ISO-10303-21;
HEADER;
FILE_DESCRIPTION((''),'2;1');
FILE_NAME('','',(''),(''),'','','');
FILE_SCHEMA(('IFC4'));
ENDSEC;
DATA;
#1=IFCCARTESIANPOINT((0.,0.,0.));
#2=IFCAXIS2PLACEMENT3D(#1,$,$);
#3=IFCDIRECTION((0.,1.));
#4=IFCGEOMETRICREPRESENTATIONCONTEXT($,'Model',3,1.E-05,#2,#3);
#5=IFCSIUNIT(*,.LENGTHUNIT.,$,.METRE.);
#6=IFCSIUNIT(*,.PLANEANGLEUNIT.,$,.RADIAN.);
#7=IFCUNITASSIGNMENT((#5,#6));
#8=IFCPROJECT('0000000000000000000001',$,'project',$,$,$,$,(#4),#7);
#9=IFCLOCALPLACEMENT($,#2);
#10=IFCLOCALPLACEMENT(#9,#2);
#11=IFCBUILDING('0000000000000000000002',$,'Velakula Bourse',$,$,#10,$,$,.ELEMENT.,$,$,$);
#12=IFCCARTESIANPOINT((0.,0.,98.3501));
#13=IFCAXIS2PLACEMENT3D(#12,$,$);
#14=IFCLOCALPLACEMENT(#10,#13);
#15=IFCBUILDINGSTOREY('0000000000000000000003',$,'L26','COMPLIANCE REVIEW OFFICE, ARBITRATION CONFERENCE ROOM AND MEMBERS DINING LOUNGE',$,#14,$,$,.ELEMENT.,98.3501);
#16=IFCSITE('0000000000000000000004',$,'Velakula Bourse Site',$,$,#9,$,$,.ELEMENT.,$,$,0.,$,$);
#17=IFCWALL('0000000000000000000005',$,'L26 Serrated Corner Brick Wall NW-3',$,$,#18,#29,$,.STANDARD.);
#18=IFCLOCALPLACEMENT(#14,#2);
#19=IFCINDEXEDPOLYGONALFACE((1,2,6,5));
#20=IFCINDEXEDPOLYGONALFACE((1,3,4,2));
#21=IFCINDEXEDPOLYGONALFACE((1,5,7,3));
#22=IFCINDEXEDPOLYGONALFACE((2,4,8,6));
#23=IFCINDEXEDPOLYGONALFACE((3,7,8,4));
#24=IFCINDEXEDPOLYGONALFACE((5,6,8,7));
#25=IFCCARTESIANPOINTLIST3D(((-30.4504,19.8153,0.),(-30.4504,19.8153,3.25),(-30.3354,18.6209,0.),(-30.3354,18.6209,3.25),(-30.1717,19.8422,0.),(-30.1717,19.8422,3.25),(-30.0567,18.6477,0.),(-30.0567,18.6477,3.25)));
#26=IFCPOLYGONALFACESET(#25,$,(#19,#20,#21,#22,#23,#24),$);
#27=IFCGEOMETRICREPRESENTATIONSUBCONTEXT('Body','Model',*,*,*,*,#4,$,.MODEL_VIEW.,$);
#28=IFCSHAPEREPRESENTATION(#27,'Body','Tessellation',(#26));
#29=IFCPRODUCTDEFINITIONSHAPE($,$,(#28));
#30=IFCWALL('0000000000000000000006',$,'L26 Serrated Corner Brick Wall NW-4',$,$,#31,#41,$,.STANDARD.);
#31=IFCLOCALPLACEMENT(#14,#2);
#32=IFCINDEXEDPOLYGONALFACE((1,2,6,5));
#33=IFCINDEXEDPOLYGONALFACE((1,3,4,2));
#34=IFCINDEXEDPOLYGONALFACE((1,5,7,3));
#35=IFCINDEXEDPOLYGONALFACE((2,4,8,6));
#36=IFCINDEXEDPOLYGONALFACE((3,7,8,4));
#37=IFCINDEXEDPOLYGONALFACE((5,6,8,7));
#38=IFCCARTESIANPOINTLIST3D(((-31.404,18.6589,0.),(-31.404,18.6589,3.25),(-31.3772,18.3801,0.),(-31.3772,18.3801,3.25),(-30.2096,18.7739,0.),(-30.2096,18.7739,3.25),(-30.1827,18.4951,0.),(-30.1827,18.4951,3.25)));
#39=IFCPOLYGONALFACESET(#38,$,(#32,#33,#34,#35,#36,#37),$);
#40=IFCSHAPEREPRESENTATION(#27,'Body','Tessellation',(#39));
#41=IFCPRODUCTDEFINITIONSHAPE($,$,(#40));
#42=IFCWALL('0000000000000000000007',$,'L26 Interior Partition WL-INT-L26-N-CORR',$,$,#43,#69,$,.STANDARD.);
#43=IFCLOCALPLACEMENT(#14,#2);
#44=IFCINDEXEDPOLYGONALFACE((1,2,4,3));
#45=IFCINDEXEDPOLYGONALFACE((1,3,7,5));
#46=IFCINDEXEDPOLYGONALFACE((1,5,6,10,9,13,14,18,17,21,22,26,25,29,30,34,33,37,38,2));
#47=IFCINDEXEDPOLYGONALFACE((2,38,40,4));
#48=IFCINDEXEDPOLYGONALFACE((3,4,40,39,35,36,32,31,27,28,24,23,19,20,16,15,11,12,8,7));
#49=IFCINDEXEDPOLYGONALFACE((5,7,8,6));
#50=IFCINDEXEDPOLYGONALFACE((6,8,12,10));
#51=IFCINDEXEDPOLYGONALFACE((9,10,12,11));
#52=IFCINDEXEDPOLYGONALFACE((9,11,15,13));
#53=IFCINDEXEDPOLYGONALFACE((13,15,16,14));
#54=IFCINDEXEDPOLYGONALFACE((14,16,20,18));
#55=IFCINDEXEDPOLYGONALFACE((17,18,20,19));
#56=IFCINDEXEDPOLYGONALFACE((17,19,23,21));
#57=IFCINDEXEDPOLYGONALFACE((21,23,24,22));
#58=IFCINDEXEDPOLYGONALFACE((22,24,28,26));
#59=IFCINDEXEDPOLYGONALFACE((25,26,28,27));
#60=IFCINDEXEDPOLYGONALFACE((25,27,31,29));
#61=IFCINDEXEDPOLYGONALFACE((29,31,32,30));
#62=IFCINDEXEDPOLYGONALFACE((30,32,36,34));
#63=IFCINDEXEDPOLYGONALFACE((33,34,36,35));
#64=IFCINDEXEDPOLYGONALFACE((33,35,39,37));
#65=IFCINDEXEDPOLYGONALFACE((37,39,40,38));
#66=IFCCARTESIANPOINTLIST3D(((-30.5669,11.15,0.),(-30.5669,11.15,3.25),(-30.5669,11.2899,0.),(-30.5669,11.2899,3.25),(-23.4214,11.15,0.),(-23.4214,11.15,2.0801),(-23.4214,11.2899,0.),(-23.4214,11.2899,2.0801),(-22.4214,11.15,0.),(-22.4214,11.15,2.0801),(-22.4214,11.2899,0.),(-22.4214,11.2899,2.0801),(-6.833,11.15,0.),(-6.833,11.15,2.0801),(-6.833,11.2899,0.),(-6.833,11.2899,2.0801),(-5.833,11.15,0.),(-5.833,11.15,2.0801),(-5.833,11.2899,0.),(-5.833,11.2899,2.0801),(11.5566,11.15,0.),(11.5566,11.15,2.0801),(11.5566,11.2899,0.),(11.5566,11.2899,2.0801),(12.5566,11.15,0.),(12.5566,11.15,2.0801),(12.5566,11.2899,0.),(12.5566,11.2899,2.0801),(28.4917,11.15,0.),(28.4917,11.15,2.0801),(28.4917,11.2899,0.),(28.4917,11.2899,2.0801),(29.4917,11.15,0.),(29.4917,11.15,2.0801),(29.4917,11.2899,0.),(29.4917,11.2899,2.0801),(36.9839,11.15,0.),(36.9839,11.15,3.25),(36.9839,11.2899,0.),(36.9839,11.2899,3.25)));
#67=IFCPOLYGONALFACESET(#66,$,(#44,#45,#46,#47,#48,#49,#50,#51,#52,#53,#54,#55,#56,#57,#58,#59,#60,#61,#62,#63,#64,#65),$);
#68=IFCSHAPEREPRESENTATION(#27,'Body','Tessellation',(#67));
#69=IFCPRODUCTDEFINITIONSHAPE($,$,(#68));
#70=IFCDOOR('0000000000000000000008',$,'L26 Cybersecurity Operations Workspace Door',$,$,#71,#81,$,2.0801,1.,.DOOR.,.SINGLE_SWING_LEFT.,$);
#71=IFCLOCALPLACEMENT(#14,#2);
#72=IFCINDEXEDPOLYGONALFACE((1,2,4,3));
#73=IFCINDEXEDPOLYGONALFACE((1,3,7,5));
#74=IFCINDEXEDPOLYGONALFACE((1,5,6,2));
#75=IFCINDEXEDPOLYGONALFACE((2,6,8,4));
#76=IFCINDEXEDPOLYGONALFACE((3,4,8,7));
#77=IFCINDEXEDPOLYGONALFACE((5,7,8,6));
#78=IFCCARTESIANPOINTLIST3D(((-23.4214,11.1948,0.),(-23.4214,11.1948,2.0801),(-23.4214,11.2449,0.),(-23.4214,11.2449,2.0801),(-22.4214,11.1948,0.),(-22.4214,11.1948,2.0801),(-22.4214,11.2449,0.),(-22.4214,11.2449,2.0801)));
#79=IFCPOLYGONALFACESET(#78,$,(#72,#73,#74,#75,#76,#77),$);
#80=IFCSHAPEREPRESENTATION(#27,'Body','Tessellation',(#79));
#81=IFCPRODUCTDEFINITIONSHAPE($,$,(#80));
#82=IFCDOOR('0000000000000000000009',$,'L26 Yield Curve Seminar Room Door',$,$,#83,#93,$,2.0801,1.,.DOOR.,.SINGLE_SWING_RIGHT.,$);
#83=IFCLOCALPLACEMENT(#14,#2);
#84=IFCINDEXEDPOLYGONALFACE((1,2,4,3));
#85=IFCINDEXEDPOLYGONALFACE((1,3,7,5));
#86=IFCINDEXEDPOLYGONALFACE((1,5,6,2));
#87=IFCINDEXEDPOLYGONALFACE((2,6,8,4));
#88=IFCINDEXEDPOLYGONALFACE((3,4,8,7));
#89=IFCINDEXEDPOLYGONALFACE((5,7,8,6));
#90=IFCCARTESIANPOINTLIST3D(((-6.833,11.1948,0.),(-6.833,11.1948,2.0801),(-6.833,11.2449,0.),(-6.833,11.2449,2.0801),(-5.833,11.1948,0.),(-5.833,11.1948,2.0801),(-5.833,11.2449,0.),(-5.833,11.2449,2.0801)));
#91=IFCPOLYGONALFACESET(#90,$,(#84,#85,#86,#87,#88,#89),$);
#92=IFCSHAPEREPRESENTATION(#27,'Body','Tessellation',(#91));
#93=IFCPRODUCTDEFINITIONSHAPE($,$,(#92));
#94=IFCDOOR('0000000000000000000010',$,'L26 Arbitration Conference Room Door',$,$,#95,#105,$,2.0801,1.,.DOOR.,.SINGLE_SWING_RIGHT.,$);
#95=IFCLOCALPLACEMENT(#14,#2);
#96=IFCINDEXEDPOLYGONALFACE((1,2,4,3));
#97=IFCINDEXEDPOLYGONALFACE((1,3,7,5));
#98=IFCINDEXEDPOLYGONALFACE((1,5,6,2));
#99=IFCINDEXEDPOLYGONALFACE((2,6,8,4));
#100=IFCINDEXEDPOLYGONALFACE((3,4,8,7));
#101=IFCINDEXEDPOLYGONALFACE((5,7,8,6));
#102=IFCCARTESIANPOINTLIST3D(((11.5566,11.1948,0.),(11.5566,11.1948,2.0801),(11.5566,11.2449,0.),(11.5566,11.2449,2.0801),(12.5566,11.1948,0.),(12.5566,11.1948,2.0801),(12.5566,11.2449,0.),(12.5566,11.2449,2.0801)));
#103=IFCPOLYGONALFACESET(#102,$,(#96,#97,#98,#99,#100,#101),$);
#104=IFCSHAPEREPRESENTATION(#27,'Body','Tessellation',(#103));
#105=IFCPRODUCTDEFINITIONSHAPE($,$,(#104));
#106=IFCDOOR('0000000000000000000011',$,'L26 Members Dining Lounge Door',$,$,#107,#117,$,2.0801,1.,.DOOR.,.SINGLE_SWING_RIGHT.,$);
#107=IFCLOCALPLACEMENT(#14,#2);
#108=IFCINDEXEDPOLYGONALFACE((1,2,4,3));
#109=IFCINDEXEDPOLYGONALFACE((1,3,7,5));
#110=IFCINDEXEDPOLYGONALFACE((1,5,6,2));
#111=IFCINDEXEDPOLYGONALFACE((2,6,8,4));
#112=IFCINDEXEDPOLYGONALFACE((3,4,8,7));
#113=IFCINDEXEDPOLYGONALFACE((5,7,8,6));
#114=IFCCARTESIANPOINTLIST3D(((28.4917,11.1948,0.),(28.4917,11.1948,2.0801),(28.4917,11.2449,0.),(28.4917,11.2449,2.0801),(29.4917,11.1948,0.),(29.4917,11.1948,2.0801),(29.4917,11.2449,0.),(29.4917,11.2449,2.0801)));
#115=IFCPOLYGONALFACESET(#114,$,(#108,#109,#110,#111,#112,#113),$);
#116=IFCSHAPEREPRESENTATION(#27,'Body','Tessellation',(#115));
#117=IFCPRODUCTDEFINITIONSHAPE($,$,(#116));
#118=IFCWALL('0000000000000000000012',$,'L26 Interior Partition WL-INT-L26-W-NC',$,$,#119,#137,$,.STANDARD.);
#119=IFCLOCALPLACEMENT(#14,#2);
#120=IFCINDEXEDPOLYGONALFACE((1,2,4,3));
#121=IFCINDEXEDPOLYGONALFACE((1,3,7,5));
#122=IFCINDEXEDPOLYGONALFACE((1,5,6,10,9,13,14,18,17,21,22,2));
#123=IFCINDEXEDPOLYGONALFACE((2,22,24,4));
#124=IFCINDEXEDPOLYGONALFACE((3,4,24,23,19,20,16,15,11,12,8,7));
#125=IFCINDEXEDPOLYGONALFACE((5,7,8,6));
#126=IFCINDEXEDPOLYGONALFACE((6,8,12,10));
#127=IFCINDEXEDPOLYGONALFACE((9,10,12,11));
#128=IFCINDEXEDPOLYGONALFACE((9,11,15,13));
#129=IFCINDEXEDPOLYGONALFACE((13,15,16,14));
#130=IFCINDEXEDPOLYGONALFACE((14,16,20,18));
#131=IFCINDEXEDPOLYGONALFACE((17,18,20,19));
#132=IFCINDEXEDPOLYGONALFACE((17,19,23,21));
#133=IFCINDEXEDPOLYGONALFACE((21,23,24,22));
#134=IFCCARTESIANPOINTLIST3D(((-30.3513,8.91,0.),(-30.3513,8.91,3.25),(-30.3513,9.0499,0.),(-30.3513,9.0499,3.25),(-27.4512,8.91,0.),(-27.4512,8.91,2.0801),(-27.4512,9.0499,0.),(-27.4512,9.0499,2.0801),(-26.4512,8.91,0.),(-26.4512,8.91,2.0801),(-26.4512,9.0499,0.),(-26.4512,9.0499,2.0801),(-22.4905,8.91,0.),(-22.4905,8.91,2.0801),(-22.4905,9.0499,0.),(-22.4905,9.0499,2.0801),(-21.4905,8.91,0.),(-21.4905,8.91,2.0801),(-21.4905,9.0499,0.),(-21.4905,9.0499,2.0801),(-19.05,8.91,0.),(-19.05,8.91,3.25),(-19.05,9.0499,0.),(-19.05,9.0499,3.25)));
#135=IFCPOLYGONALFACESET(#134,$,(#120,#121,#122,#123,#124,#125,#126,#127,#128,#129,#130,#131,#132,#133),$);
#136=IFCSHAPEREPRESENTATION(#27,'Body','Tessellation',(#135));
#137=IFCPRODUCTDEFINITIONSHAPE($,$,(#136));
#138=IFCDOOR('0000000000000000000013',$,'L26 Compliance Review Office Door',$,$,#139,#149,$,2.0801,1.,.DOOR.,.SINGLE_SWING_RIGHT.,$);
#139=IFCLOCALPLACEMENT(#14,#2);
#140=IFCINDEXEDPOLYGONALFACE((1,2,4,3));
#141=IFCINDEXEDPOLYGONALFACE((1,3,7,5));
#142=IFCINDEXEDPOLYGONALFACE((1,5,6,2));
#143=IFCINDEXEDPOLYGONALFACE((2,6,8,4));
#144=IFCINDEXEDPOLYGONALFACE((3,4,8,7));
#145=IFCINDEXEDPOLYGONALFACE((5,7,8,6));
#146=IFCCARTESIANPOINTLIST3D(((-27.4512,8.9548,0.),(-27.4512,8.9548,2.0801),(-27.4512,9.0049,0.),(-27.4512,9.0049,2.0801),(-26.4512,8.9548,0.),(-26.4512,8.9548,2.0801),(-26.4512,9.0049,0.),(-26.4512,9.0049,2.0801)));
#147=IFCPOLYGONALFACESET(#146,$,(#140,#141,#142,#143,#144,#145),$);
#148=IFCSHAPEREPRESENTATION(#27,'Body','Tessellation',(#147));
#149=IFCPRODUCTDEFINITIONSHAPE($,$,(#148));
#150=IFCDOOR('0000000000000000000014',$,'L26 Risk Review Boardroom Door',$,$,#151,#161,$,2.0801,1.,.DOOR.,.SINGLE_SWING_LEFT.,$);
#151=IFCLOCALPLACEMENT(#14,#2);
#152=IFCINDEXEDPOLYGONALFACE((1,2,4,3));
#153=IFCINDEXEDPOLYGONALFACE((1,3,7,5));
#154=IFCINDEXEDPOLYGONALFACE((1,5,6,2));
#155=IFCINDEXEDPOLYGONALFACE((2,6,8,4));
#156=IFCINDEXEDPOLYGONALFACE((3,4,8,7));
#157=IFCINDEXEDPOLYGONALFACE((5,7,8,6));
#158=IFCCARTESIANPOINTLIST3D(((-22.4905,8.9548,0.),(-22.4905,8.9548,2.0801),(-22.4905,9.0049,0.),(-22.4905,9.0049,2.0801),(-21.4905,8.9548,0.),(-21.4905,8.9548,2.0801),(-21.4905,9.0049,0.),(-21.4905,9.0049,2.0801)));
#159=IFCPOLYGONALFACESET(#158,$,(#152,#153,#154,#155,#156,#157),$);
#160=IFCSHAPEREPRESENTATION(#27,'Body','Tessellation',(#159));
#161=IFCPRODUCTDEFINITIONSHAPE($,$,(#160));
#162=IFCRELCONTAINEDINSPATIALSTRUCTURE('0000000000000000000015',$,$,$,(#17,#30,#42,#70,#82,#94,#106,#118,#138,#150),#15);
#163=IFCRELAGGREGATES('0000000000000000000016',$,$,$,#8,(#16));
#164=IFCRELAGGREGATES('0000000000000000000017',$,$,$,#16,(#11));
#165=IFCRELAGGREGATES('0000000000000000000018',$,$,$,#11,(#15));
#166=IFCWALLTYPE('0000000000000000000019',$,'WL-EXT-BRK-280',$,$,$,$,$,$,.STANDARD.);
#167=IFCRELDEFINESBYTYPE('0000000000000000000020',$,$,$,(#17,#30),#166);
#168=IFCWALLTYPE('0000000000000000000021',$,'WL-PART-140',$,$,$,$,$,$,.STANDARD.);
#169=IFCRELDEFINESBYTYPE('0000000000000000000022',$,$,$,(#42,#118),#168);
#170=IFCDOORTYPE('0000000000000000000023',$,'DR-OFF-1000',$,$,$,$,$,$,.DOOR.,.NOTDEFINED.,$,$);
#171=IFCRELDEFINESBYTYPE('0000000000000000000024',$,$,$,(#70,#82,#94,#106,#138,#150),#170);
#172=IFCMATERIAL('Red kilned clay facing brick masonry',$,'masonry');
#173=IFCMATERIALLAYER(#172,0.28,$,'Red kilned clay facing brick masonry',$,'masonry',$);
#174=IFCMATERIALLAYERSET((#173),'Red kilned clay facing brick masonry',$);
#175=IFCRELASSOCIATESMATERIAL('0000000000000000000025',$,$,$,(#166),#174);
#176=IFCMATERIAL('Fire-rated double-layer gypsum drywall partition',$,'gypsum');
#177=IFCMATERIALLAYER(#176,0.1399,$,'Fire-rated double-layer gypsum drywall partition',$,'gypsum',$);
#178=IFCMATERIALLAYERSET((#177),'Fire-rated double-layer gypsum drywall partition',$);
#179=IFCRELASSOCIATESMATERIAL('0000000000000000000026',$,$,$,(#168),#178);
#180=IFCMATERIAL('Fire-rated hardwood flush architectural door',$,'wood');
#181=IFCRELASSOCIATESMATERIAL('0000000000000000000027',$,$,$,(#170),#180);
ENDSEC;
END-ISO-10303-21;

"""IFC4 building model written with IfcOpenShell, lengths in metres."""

from ifc_helpers import new_model, si_unit, direction, frame, frame_2d, origin, place, context, subcontext, project, spatial, rectangle, extrude, material, layer, layer_set, type_object, element, fill, save


model = new_model("IFC4")

# Units and contexts
model_context = context("Model", 3, precision=1e-05, world=origin(), true_north=direction((0.0, 1.0)))
body_context = subcontext(model_context, "Body", "Model", "MODEL_VIEW")
ifc_project = project(units=[si_unit("LENGTHUNIT", "METRE"), si_unit("PLANEANGLEUNIT", "RADIAN")], contexts=[model_context])

# Site, building, storey
site_placement = place(None, origin())
site = spatial("IfcSite", under=ifc_project, at=site_placement, Name="Velakula Bourse Site", CompositionType="ELEMENT", RefElevation=0.0)
building_placement = place(site_placement, origin())
building = spatial("IfcBuilding", under=site, at=building_placement, Name="Velakula Bourse", CompositionType="ELEMENT")
storey_placement = place(building_placement, frame((0.0, 0.0, 98.3501)))
storey = spatial("IfcBuildingStorey", under=building, at=storey_placement, Name="L26", Description="COMPLIANCE REVIEW OFFICE, ARBITRATION CONFERENCE ROOM AND MEMBERS DINING LOUNGE", CompositionType="ELEMENT", Elevation=98.3501)

# Shared definitions
ifc_material_1 = material(Name="Red kilned clay facing brick masonry", Category="masonry")
ifc_layer_1 = layer(ifc_material_1, 0.28, Name="Red kilned clay facing brick masonry", Category="masonry")
ifc_layer_set_1 = layer_set([ifc_layer_1], Name="Red kilned clay facing brick masonry")
wall_type_1 = type_object("IfcWallType", Name="WL-EXT-BRK-280", PredefinedType="STANDARD", material=ifc_layer_set_1)

# Walls
for number, where, z_axis, x_axis, name in (
    (1, (-30.311, 19.8289, 0.0), (0.0, 0.0, 1.0), (0.095836, -0.995397, 0.0), "L26 Serrated Corner Brick Wall NW-3"),
    (2, (-30.196, 18.6345, 0.0), (0.0, 0.0, 1.0), (-0.995397, -0.095836, 0.0), "L26 Serrated Corner Brick Wall NW-4"),
):
    element("IfcWall", number, at=place(storey_placement, frame(where, z_axis=z_axis, x_axis=x_axis)), inside=storey, type_object=wall_type_1, Name=name, PredefinedType="STANDARD", context=body_context, shape_type="SweptSolid", body=[
        extrude(rectangle(XDim=1.2, YDim=0.28, at=frame_2d((0.6001, 0.0))), origin(), (0.0, 0.0, 1.0), 3.25),
    ])

# Walls, openings, doors
ifc_material_2 = material(Name="Fire-rated double-layer gypsum drywall partition", Category="gypsum")
ifc_layer_2 = layer(ifc_material_2, 0.1399, Name="Fire-rated double-layer gypsum drywall partition", Category="gypsum")
ifc_layer_set_2 = layer_set([ifc_layer_2], Name="Fire-rated double-layer gypsum drywall partition")
wall_type_2 = type_object("IfcWallType", Name="WL-PART-140", PredefinedType="STANDARD", material=ifc_layer_set_2)
wall_1_placement = place(storey_placement, frame((-30.5669, 11.22, 0.0), z_axis=(0.0, 0.0, 1.0), x_axis=(1.0, 0.0, 0.0)))
wall_1 = element("IfcWall", 3, at=wall_1_placement, inside=storey, type_object=wall_type_2, Name="L26 Interior Partition WL-INT-L26-N-CORR", PredefinedType="STANDARD", context=body_context, shape_type="SweptSolid", body=[
    extrude(rectangle(XDim=67.5508, YDim=0.1399, at=frame_2d((33.7754, 0.0))), origin(), (0.0, 0.0, 1.0), 3.25),
])
opening_1_placement = place(wall_1_placement, frame((7.1455, 0.0, 0.0)))
opening_1 = element("IfcOpeningElement", 4, at=opening_1_placement, cuts=wall_1, PredefinedType="OPENING", context=body_context, shape_type="SweptSolid", body=[
    extrude(rectangle(XDim=1.0, YDim=2.0801, at=frame_2d((0.5, 1.04))), frame((0.0, 0.0798, 0.0), z_axis=(0.0, -1.0, 0.0), x_axis=(1.0, 0.0, 0.0)), (0.0, 0.0, 1.0), 0.1599),
])
opening_2_placement = place(wall_1_placement, frame((23.7339, 0.0, 0.0)))
opening_2 = element("IfcOpeningElement", 5, at=opening_2_placement, cuts=wall_1, PredefinedType="OPENING", context=body_context, shape_type="SweptSolid", body=[
    extrude(rectangle(XDim=1.0, YDim=2.0801, at=frame_2d((0.5, 1.04))), frame((0.0, 0.0798, 0.0), z_axis=(0.0, -1.0, 0.0), x_axis=(1.0, 0.0, 0.0)), (0.0, 0.0, 1.0), 0.1599),
])
opening_3_placement = place(wall_1_placement, frame((42.1235, 0.0, 0.0)))
opening_3 = element("IfcOpeningElement", 6, at=opening_3_placement, cuts=wall_1, PredefinedType="OPENING", context=body_context, shape_type="SweptSolid", body=[
    extrude(rectangle(XDim=1.0, YDim=2.0801, at=frame_2d((0.5, 1.04))), frame((0.0, 0.0798, 0.0), z_axis=(0.0, -1.0, 0.0), x_axis=(1.0, 0.0, 0.0)), (0.0, 0.0, 1.0), 0.1599),
])
opening_4_placement = place(wall_1_placement, frame((59.0586, 0.0, 0.0)))
opening_4 = element("IfcOpeningElement", 7, at=opening_4_placement, cuts=wall_1, PredefinedType="OPENING", context=body_context, shape_type="SweptSolid", body=[
    extrude(rectangle(XDim=1.0, YDim=2.0801, at=frame_2d((0.5, 1.04))), frame((0.0, 0.0798, 0.0), z_axis=(0.0, -1.0, 0.0), x_axis=(1.0, 0.0, 0.0)), (0.0, 0.0, 1.0), 0.1599),
])
ifc_material_3 = material(Name="Fire-rated hardwood flush architectural door", Category="wood")
door_type = type_object("IfcDoorType", Name="DR-OFF-1000", OperationType="NOTDEFINED", PredefinedType="DOOR", material=ifc_material_3)
door_1_placement = place(opening_1_placement, origin())
door_1 = element("IfcDoor", 8, at=door_1_placement, inside=storey, type_object=door_type, Name="L26 Cybersecurity Operations Workspace Door", OperationType="SINGLE_SWING_LEFT", OverallHeight=2.0801, OverallWidth=1.0, PredefinedType="DOOR", context=body_context, shape_type="SweptSolid", body=[
    extrude(rectangle(XDim=1.0, YDim=2.0801, at=frame_2d((0.5, 1.04))), frame((0.0, 0.0249, 0.0), z_axis=(0.0, -1.0, 0.0), x_axis=(1.0, 0.0, 0.0)), (0.0, 0.0, 1.0), 0.05),
])
fill(opening_1, door_1)
door_2_placement = place(opening_2_placement, origin())
door_2 = element("IfcDoor", 9, at=door_2_placement, inside=storey, type_object=door_type, Name="L26 Yield Curve Seminar Room Door", OperationType="SINGLE_SWING_RIGHT", OverallHeight=2.0801, OverallWidth=1.0, PredefinedType="DOOR", context=body_context, shape_type="SweptSolid", body=[
    extrude(rectangle(XDim=1.0, YDim=2.0801, at=frame_2d((0.5, 1.04))), frame((0.0, 0.0249, 0.0), z_axis=(0.0, -1.0, 0.0), x_axis=(1.0, 0.0, 0.0)), (0.0, 0.0, 1.0), 0.05),
])
fill(opening_2, door_2)
door_3_placement = place(opening_3_placement, origin())
door_3 = element("IfcDoor", 10, at=door_3_placement, inside=storey, type_object=door_type, Name="L26 Arbitration Conference Room Door", OperationType="SINGLE_SWING_RIGHT", OverallHeight=2.0801, OverallWidth=1.0, PredefinedType="DOOR", context=body_context, shape_type="SweptSolid", body=[
    extrude(rectangle(XDim=1.0, YDim=2.0801, at=frame_2d((0.5, 1.04))), frame((0.0, 0.0249, 0.0), z_axis=(0.0, -1.0, 0.0), x_axis=(1.0, 0.0, 0.0)), (0.0, 0.0, 1.0), 0.05),
])
fill(opening_3, door_3)
door_4_placement = place(opening_4_placement, origin())
door_4 = element("IfcDoor", 11, at=door_4_placement, inside=storey, type_object=door_type, Name="L26 Members Dining Lounge Door", OperationType="SINGLE_SWING_RIGHT", OverallHeight=2.0801, OverallWidth=1.0, PredefinedType="DOOR", context=body_context, shape_type="SweptSolid", body=[
    extrude(rectangle(XDim=1.0, YDim=2.0801, at=frame_2d((0.5, 1.04))), frame((0.0, 0.0249, 0.0), z_axis=(0.0, -1.0, 0.0), x_axis=(1.0, 0.0, 0.0)), (0.0, 0.0, 1.0), 0.05),
])
fill(opening_4, door_4)
wall_2_placement = place(storey_placement, frame((-30.3513, 8.98, 0.0), z_axis=(0.0, 0.0, 1.0), x_axis=(1.0, 0.0, 0.0)))
wall_2 = element("IfcWall", 12, at=wall_2_placement, inside=storey, type_object=wall_type_2, Name="L26 Interior Partition WL-INT-L26-W-NC", PredefinedType="STANDARD", context=body_context, shape_type="SweptSolid", body=[
    extrude(rectangle(XDim=11.3013, YDim=0.1399, at=frame_2d((5.6506, 0.0))), origin(), (0.0, 0.0, 1.0), 3.25),
])
opening_5_placement = place(wall_2_placement, frame((2.9001, 0.0, 0.0)))
opening_5 = element("IfcOpeningElement", 13, at=opening_5_placement, cuts=wall_2, PredefinedType="OPENING", context=body_context, shape_type="SweptSolid", body=[
    extrude(rectangle(XDim=1.0, YDim=2.0801, at=frame_2d((0.5, 1.04))), frame((0.0, 0.0798, 0.0), z_axis=(0.0, -1.0, 0.0), x_axis=(1.0, 0.0, 0.0)), (0.0, 0.0, 1.0), 0.1599),
])
opening_6_placement = place(wall_2_placement, frame((7.8608, 0.0, 0.0)))
opening_6 = element("IfcOpeningElement", 14, at=opening_6_placement, cuts=wall_2, PredefinedType="OPENING", context=body_context, shape_type="SweptSolid", body=[
    extrude(rectangle(XDim=1.0, YDim=2.0801, at=frame_2d((0.5, 1.04))), frame((0.0, 0.0798, 0.0), z_axis=(0.0, -1.0, 0.0), x_axis=(1.0, 0.0, 0.0)), (0.0, 0.0, 1.0), 0.1599),
])
door_5_placement = place(opening_5_placement, origin())
door_5 = element("IfcDoor", 15, at=door_5_placement, inside=storey, type_object=door_type, Name="L26 Compliance Review Office Door", OperationType="SINGLE_SWING_RIGHT", OverallHeight=2.0801, OverallWidth=1.0, PredefinedType="DOOR", context=body_context, shape_type="SweptSolid", body=[
    extrude(rectangle(XDim=1.0, YDim=2.0801, at=frame_2d((0.5, 1.04))), frame((0.0, 0.0249, 0.0), z_axis=(0.0, -1.0, 0.0), x_axis=(1.0, 0.0, 0.0)), (0.0, 0.0, 1.0), 0.05),
])
fill(opening_5, door_5)
door_6_placement = place(opening_6_placement, origin())
door_6 = element("IfcDoor", 16, at=door_6_placement, inside=storey, type_object=door_type, Name="L26 Risk Review Boardroom Door", OperationType="SINGLE_SWING_LEFT", OverallHeight=2.0801, OverallWidth=1.0, PredefinedType="DOOR", context=body_context, shape_type="SweptSolid", body=[
    extrude(rectangle(XDim=1.0, YDim=2.0801, at=frame_2d((0.5, 1.04))), frame((0.0, 0.0249, 0.0), z_axis=(0.0, -1.0, 0.0), x_axis=(1.0, 0.0, 0.0)), (0.0, 0.0, 1.0), 0.05),
])
fill(opening_6, door_6)

save(model, "model.ifc")
